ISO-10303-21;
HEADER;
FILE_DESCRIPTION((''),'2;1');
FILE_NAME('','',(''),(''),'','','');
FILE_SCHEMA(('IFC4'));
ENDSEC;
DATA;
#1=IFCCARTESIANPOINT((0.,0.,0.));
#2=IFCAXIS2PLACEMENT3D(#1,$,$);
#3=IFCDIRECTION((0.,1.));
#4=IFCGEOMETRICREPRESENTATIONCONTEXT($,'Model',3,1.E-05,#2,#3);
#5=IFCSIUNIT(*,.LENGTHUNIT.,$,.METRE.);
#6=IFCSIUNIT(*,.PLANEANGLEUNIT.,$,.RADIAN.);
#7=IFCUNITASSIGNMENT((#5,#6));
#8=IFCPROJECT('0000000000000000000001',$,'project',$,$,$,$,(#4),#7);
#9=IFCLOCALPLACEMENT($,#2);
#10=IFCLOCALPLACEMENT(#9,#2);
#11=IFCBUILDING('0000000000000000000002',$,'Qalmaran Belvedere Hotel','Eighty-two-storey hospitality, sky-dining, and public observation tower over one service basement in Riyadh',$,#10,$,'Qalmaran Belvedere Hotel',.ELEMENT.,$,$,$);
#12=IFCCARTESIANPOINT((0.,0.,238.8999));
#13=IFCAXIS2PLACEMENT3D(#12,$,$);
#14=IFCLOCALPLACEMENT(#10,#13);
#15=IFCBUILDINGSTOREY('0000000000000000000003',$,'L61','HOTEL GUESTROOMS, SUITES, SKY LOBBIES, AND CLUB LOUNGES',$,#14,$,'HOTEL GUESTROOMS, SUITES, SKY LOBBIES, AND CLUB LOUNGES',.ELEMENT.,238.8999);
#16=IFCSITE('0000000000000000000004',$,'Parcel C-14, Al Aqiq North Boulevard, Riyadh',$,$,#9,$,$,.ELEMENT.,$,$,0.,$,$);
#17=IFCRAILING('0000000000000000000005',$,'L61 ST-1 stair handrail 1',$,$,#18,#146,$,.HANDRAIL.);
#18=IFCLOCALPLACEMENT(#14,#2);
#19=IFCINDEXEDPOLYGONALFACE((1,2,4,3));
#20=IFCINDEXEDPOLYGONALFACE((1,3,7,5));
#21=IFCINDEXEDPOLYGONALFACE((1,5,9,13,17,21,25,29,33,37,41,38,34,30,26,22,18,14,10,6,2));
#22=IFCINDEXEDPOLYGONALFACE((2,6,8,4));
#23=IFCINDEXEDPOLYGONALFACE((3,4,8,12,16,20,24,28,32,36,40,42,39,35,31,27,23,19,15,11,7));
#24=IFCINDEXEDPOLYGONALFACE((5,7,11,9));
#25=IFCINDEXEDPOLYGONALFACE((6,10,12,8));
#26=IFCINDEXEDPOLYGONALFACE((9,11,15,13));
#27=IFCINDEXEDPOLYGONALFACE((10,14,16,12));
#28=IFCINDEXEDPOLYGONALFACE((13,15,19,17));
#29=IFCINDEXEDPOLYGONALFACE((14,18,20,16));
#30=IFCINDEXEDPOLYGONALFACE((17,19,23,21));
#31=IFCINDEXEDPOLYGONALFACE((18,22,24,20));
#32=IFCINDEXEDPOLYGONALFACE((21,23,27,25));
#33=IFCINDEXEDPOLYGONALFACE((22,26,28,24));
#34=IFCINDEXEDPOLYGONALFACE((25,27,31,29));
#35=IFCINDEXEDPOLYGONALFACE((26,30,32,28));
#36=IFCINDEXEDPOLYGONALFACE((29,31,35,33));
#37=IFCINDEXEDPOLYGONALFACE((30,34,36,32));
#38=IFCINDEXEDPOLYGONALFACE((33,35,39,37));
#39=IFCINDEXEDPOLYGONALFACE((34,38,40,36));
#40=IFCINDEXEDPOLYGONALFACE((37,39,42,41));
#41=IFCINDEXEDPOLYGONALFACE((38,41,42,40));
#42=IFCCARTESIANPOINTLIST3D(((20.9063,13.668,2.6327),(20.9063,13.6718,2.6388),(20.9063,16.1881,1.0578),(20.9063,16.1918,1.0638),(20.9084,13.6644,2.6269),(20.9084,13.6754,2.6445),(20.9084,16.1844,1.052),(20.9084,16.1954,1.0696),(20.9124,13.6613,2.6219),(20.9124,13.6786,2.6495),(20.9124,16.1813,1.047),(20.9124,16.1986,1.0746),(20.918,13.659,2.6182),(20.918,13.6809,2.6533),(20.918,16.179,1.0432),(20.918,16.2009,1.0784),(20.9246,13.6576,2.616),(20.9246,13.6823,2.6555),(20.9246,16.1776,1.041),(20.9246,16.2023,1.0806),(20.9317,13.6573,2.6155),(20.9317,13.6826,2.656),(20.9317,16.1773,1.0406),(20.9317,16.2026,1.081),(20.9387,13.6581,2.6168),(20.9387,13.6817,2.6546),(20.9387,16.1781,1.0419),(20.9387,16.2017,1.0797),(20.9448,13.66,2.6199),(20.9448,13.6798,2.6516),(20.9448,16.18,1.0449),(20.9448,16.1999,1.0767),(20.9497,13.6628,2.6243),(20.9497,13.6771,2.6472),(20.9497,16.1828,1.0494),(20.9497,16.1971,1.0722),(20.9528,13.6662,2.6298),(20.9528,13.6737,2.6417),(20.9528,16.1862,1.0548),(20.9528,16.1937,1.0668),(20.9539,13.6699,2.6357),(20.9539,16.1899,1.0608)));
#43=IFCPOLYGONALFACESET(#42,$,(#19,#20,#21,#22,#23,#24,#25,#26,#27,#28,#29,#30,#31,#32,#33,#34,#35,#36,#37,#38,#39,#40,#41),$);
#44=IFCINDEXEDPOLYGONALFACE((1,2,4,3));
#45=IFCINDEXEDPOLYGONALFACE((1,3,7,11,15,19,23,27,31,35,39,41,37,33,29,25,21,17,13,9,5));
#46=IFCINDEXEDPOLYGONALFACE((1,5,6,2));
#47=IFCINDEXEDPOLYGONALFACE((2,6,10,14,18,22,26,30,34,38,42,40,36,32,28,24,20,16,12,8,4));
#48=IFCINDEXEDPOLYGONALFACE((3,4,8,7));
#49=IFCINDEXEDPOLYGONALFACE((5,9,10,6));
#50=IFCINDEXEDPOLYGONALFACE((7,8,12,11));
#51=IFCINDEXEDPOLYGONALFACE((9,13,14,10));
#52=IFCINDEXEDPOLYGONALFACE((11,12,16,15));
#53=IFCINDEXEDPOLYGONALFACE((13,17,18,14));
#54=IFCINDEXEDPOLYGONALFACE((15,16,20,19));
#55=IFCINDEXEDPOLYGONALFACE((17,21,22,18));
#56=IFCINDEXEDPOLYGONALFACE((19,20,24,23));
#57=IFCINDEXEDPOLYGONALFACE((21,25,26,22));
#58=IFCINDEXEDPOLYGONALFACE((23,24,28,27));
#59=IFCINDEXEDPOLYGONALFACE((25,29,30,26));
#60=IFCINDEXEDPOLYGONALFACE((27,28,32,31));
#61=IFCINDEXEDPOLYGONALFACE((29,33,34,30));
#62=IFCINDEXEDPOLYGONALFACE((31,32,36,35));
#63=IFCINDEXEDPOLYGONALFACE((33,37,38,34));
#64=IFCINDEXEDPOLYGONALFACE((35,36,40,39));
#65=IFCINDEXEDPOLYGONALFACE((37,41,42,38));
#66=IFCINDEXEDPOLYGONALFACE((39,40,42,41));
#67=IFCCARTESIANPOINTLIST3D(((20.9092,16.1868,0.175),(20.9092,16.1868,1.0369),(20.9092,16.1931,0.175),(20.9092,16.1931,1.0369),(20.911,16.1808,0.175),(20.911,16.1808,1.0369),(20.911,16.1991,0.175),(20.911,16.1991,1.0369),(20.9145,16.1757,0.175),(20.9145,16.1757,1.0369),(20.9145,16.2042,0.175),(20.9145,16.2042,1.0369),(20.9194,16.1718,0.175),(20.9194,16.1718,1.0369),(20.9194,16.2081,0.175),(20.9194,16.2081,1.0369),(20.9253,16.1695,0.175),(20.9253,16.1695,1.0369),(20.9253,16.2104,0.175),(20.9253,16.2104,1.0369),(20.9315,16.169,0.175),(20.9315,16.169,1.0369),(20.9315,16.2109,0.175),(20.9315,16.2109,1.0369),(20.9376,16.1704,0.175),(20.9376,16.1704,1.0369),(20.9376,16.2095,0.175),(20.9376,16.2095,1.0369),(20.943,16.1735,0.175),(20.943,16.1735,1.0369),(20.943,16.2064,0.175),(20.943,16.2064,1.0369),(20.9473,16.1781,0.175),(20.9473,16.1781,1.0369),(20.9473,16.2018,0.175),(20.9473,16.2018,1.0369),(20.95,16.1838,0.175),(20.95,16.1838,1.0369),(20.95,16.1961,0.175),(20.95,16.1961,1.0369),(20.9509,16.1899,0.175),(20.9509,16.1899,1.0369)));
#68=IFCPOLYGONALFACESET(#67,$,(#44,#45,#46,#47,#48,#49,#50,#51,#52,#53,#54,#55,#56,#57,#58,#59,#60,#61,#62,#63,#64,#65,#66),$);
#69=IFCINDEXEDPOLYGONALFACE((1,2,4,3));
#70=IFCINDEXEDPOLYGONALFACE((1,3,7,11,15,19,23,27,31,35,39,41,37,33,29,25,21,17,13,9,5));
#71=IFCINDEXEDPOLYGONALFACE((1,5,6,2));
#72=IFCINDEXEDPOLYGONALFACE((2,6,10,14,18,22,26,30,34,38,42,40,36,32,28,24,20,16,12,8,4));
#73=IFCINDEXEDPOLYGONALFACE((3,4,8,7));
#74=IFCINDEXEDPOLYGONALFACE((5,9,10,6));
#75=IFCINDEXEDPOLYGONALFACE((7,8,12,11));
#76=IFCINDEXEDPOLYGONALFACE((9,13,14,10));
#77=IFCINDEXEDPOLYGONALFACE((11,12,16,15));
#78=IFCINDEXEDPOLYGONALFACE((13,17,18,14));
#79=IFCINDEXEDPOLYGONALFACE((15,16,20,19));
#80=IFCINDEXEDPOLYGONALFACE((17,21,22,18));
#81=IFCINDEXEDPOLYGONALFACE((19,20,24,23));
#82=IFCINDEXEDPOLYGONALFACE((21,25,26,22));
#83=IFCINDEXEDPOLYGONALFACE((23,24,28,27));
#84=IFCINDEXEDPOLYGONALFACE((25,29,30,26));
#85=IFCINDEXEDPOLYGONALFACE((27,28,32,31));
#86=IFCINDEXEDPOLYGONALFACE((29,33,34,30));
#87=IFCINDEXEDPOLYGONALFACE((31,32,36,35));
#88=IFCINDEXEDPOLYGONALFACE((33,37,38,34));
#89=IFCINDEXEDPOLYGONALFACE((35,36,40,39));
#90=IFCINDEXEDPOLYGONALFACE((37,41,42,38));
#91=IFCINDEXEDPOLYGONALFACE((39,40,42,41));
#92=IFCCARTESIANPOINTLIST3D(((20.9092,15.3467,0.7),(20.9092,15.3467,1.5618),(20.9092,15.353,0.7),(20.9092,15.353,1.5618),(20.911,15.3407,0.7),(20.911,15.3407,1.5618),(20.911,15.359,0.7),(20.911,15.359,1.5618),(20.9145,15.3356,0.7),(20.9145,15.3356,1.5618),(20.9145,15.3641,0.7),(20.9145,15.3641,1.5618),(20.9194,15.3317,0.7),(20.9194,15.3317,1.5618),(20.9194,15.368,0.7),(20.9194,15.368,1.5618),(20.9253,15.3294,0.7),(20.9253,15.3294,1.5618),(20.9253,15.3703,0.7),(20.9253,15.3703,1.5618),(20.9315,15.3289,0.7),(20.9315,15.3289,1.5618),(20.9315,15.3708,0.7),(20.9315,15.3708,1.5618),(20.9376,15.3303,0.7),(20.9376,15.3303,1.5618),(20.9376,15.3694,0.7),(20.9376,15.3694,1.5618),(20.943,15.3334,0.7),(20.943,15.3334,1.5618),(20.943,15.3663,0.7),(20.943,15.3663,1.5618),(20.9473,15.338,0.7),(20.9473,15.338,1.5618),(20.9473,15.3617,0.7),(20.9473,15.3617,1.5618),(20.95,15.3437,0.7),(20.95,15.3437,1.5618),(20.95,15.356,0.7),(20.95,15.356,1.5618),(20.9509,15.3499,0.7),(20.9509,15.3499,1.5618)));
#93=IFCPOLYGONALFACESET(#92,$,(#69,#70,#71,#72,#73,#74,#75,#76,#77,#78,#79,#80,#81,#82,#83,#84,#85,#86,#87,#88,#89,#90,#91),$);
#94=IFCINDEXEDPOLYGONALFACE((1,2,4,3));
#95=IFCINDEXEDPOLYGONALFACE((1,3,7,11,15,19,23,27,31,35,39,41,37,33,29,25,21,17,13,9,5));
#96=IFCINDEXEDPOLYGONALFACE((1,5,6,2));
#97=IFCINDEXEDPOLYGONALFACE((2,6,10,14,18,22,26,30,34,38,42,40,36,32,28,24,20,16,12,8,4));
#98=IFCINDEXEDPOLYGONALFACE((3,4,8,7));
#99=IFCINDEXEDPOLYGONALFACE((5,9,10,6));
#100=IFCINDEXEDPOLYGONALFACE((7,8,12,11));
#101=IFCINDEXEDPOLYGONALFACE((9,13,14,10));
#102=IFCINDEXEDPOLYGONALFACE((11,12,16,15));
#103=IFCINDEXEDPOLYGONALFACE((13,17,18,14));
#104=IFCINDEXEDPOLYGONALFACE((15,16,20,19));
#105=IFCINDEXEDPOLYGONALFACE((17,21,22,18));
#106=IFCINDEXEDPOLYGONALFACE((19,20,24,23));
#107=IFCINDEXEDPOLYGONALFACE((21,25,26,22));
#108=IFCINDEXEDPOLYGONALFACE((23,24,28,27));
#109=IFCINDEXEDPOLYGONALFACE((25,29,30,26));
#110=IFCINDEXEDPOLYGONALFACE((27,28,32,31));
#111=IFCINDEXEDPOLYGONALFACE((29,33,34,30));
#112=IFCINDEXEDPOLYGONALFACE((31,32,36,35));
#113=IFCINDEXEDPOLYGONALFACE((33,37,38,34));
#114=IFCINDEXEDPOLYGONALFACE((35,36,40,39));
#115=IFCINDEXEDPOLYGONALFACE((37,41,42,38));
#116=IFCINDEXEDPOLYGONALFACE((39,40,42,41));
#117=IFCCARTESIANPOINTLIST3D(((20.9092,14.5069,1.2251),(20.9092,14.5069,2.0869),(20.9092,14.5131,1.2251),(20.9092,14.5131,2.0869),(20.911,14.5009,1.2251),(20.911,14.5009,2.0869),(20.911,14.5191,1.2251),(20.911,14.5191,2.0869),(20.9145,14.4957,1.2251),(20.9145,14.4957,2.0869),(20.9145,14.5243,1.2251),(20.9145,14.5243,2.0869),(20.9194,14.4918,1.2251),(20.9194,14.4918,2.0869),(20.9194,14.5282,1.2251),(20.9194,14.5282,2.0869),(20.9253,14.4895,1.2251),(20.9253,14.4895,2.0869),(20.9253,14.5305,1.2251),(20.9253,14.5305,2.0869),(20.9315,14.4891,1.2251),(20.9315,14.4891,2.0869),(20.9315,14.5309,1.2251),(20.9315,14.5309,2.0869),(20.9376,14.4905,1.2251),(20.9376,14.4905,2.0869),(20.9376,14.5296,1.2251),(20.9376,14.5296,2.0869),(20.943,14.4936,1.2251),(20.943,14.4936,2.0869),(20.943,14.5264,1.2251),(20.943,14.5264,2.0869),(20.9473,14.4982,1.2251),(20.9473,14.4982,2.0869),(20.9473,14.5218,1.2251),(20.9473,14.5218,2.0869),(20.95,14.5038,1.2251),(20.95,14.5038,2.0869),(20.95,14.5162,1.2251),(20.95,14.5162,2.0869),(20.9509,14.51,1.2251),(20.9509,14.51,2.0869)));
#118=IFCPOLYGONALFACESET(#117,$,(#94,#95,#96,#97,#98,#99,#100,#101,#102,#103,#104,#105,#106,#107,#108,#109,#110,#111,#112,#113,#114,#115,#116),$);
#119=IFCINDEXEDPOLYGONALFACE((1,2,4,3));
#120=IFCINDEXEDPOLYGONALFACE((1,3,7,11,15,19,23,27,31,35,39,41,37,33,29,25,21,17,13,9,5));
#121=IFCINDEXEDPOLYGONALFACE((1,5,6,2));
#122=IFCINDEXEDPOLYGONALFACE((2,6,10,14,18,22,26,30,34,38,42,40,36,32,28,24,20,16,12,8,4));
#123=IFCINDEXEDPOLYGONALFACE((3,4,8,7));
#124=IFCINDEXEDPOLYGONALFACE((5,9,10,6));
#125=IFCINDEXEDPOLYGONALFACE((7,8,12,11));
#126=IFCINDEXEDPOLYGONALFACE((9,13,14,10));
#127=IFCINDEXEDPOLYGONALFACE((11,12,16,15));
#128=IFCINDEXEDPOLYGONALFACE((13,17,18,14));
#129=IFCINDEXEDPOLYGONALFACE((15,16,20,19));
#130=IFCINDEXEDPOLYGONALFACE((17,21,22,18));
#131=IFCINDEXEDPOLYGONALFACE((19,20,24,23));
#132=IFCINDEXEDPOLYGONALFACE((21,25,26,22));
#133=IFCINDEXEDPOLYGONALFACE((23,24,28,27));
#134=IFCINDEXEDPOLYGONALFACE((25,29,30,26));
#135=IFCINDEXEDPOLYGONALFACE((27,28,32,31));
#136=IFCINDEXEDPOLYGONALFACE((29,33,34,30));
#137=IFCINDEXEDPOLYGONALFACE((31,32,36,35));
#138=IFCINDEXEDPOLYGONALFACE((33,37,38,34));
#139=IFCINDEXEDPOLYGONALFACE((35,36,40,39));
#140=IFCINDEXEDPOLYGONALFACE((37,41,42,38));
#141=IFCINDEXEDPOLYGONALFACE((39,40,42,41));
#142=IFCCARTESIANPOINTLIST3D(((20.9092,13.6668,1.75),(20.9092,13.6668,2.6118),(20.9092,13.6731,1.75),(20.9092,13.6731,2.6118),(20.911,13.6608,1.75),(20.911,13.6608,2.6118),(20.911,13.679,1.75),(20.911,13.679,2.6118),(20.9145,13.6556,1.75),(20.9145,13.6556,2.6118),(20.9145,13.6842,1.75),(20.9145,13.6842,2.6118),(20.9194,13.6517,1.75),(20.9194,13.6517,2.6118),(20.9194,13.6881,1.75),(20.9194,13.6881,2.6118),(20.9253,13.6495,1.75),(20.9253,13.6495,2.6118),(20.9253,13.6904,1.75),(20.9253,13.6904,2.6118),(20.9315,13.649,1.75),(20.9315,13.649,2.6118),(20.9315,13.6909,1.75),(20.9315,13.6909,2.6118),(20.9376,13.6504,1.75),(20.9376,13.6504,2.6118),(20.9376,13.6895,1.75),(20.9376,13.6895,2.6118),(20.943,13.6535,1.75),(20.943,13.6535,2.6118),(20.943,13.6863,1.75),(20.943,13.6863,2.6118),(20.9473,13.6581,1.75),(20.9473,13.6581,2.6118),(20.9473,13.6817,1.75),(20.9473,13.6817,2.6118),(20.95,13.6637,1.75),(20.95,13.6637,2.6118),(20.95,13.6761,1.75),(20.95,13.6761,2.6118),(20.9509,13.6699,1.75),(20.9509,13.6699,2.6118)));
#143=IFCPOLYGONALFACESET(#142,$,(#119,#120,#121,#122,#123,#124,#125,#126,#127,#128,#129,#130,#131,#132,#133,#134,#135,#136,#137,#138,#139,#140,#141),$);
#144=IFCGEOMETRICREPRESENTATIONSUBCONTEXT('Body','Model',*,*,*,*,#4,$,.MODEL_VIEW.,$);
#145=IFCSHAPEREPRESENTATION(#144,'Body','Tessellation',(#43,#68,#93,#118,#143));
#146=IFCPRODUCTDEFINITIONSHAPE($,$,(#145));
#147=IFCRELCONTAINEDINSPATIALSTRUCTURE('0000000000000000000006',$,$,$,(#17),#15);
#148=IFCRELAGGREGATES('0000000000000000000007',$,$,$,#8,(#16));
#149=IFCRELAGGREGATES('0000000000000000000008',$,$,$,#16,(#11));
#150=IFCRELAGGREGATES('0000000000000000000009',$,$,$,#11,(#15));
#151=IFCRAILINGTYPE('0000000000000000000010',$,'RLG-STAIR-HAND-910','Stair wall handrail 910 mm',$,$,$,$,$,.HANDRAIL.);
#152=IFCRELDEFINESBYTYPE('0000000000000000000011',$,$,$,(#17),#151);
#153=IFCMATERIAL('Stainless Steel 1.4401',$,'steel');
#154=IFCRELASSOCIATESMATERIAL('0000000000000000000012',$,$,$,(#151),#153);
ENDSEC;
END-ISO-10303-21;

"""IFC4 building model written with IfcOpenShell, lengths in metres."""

from ifc_helpers import new_model, si_unit, direction, frame, origin, origin_2d, place, context, subcontext, project, spatial, circle, extrude, material, type_object, element, save


model = new_model("IFC4")

# Units and contexts
model_context = context("Model", 3, precision=1e-05, world=origin(), true_north=direction((0.0, 1.0)))
body_context = subcontext(model_context, "Body", "Model", "MODEL_VIEW")
ifc_project = project(units=[si_unit("LENGTHUNIT", "METRE"), si_unit("PLANEANGLEUNIT", "RADIAN")], contexts=[model_context])

# Site, building, storey
site_placement = place(None, origin())
site = spatial("IfcSite", under=ifc_project, at=site_placement, Name="Parcel C-14, Al Aqiq North Boulevard, Riyadh", CompositionType="ELEMENT", RefElevation=0.0)
building_placement = place(site_placement, origin())
building = spatial("IfcBuilding", under=site, at=building_placement, Name="Qalmaran Belvedere Hotel", Description="Eighty-two-storey hospitality, sky-dining, and public observation tower over one service basement in Riyadh", LongName="Qalmaran Belvedere Hotel", CompositionType="ELEMENT")
storey_placement = place(building_placement, frame((0.0, 0.0, 238.8999)))
storey = spatial("IfcBuildingStorey", under=building, at=storey_placement, Name="L61", Description="HOTEL GUESTROOMS, SUITES, SKY LOBBIES, AND CLUB LOUNGES", LongName="HOTEL GUESTROOMS, SUITES, SKY LOBBIES, AND CLUB LOUNGES", CompositionType="ELEMENT", Elevation=238.8999)

# Railing
ifc_material_1 = material(Name="Stainless Steel 1.4401", Category="steel")
railing_type_1 = type_object("IfcRailingType", Name="RLG-STAIR-HAND-910", Description="Stair wall handrail 910 mm", PredefinedType="HANDRAIL", material=ifc_material_1)
railing_1_placement = place(storey_placement, frame((20.9299, 16.1899, 0.175)))
element("IfcRailing", 1, at=railing_1_placement, inside=storey, type_object=railing_type_1, Name="L61 ST-1 stair handrail 1", PredefinedType="HANDRAIL", context=body_context, shape_type="SweptSolid", body=[
    extrude(circle(Radius=0.0239, at=origin_2d()), frame((0.0, 0.0, 0.8857), z_axis=(0.0, -0.848008, 0.529984), x_axis=(1.0, 0.0, 0.0)), (0.0, 0.0, 1.0), 2.9717),
    extrude(circle(Radius=0.021, at=origin_2d()), origin(), (0.0, 0.0, 1.0), 0.8618),
    extrude(circle(Radius=0.021, at=origin_2d()), frame((0.0, -0.8401, 0.5249)), (0.0, 0.0, 1.0), 0.8618),
    extrude(circle(Radius=0.021, at=origin_2d()), frame((0.0, -1.6799, 1.05)), (0.0, 0.0, 1.0), 0.8618),
    extrude(circle(Radius=0.021, at=origin_2d()), frame((0.0, -2.52, 1.575)), (0.0, 0.0, 1.0), 0.8618),
])

save(model, "model.ifc")
